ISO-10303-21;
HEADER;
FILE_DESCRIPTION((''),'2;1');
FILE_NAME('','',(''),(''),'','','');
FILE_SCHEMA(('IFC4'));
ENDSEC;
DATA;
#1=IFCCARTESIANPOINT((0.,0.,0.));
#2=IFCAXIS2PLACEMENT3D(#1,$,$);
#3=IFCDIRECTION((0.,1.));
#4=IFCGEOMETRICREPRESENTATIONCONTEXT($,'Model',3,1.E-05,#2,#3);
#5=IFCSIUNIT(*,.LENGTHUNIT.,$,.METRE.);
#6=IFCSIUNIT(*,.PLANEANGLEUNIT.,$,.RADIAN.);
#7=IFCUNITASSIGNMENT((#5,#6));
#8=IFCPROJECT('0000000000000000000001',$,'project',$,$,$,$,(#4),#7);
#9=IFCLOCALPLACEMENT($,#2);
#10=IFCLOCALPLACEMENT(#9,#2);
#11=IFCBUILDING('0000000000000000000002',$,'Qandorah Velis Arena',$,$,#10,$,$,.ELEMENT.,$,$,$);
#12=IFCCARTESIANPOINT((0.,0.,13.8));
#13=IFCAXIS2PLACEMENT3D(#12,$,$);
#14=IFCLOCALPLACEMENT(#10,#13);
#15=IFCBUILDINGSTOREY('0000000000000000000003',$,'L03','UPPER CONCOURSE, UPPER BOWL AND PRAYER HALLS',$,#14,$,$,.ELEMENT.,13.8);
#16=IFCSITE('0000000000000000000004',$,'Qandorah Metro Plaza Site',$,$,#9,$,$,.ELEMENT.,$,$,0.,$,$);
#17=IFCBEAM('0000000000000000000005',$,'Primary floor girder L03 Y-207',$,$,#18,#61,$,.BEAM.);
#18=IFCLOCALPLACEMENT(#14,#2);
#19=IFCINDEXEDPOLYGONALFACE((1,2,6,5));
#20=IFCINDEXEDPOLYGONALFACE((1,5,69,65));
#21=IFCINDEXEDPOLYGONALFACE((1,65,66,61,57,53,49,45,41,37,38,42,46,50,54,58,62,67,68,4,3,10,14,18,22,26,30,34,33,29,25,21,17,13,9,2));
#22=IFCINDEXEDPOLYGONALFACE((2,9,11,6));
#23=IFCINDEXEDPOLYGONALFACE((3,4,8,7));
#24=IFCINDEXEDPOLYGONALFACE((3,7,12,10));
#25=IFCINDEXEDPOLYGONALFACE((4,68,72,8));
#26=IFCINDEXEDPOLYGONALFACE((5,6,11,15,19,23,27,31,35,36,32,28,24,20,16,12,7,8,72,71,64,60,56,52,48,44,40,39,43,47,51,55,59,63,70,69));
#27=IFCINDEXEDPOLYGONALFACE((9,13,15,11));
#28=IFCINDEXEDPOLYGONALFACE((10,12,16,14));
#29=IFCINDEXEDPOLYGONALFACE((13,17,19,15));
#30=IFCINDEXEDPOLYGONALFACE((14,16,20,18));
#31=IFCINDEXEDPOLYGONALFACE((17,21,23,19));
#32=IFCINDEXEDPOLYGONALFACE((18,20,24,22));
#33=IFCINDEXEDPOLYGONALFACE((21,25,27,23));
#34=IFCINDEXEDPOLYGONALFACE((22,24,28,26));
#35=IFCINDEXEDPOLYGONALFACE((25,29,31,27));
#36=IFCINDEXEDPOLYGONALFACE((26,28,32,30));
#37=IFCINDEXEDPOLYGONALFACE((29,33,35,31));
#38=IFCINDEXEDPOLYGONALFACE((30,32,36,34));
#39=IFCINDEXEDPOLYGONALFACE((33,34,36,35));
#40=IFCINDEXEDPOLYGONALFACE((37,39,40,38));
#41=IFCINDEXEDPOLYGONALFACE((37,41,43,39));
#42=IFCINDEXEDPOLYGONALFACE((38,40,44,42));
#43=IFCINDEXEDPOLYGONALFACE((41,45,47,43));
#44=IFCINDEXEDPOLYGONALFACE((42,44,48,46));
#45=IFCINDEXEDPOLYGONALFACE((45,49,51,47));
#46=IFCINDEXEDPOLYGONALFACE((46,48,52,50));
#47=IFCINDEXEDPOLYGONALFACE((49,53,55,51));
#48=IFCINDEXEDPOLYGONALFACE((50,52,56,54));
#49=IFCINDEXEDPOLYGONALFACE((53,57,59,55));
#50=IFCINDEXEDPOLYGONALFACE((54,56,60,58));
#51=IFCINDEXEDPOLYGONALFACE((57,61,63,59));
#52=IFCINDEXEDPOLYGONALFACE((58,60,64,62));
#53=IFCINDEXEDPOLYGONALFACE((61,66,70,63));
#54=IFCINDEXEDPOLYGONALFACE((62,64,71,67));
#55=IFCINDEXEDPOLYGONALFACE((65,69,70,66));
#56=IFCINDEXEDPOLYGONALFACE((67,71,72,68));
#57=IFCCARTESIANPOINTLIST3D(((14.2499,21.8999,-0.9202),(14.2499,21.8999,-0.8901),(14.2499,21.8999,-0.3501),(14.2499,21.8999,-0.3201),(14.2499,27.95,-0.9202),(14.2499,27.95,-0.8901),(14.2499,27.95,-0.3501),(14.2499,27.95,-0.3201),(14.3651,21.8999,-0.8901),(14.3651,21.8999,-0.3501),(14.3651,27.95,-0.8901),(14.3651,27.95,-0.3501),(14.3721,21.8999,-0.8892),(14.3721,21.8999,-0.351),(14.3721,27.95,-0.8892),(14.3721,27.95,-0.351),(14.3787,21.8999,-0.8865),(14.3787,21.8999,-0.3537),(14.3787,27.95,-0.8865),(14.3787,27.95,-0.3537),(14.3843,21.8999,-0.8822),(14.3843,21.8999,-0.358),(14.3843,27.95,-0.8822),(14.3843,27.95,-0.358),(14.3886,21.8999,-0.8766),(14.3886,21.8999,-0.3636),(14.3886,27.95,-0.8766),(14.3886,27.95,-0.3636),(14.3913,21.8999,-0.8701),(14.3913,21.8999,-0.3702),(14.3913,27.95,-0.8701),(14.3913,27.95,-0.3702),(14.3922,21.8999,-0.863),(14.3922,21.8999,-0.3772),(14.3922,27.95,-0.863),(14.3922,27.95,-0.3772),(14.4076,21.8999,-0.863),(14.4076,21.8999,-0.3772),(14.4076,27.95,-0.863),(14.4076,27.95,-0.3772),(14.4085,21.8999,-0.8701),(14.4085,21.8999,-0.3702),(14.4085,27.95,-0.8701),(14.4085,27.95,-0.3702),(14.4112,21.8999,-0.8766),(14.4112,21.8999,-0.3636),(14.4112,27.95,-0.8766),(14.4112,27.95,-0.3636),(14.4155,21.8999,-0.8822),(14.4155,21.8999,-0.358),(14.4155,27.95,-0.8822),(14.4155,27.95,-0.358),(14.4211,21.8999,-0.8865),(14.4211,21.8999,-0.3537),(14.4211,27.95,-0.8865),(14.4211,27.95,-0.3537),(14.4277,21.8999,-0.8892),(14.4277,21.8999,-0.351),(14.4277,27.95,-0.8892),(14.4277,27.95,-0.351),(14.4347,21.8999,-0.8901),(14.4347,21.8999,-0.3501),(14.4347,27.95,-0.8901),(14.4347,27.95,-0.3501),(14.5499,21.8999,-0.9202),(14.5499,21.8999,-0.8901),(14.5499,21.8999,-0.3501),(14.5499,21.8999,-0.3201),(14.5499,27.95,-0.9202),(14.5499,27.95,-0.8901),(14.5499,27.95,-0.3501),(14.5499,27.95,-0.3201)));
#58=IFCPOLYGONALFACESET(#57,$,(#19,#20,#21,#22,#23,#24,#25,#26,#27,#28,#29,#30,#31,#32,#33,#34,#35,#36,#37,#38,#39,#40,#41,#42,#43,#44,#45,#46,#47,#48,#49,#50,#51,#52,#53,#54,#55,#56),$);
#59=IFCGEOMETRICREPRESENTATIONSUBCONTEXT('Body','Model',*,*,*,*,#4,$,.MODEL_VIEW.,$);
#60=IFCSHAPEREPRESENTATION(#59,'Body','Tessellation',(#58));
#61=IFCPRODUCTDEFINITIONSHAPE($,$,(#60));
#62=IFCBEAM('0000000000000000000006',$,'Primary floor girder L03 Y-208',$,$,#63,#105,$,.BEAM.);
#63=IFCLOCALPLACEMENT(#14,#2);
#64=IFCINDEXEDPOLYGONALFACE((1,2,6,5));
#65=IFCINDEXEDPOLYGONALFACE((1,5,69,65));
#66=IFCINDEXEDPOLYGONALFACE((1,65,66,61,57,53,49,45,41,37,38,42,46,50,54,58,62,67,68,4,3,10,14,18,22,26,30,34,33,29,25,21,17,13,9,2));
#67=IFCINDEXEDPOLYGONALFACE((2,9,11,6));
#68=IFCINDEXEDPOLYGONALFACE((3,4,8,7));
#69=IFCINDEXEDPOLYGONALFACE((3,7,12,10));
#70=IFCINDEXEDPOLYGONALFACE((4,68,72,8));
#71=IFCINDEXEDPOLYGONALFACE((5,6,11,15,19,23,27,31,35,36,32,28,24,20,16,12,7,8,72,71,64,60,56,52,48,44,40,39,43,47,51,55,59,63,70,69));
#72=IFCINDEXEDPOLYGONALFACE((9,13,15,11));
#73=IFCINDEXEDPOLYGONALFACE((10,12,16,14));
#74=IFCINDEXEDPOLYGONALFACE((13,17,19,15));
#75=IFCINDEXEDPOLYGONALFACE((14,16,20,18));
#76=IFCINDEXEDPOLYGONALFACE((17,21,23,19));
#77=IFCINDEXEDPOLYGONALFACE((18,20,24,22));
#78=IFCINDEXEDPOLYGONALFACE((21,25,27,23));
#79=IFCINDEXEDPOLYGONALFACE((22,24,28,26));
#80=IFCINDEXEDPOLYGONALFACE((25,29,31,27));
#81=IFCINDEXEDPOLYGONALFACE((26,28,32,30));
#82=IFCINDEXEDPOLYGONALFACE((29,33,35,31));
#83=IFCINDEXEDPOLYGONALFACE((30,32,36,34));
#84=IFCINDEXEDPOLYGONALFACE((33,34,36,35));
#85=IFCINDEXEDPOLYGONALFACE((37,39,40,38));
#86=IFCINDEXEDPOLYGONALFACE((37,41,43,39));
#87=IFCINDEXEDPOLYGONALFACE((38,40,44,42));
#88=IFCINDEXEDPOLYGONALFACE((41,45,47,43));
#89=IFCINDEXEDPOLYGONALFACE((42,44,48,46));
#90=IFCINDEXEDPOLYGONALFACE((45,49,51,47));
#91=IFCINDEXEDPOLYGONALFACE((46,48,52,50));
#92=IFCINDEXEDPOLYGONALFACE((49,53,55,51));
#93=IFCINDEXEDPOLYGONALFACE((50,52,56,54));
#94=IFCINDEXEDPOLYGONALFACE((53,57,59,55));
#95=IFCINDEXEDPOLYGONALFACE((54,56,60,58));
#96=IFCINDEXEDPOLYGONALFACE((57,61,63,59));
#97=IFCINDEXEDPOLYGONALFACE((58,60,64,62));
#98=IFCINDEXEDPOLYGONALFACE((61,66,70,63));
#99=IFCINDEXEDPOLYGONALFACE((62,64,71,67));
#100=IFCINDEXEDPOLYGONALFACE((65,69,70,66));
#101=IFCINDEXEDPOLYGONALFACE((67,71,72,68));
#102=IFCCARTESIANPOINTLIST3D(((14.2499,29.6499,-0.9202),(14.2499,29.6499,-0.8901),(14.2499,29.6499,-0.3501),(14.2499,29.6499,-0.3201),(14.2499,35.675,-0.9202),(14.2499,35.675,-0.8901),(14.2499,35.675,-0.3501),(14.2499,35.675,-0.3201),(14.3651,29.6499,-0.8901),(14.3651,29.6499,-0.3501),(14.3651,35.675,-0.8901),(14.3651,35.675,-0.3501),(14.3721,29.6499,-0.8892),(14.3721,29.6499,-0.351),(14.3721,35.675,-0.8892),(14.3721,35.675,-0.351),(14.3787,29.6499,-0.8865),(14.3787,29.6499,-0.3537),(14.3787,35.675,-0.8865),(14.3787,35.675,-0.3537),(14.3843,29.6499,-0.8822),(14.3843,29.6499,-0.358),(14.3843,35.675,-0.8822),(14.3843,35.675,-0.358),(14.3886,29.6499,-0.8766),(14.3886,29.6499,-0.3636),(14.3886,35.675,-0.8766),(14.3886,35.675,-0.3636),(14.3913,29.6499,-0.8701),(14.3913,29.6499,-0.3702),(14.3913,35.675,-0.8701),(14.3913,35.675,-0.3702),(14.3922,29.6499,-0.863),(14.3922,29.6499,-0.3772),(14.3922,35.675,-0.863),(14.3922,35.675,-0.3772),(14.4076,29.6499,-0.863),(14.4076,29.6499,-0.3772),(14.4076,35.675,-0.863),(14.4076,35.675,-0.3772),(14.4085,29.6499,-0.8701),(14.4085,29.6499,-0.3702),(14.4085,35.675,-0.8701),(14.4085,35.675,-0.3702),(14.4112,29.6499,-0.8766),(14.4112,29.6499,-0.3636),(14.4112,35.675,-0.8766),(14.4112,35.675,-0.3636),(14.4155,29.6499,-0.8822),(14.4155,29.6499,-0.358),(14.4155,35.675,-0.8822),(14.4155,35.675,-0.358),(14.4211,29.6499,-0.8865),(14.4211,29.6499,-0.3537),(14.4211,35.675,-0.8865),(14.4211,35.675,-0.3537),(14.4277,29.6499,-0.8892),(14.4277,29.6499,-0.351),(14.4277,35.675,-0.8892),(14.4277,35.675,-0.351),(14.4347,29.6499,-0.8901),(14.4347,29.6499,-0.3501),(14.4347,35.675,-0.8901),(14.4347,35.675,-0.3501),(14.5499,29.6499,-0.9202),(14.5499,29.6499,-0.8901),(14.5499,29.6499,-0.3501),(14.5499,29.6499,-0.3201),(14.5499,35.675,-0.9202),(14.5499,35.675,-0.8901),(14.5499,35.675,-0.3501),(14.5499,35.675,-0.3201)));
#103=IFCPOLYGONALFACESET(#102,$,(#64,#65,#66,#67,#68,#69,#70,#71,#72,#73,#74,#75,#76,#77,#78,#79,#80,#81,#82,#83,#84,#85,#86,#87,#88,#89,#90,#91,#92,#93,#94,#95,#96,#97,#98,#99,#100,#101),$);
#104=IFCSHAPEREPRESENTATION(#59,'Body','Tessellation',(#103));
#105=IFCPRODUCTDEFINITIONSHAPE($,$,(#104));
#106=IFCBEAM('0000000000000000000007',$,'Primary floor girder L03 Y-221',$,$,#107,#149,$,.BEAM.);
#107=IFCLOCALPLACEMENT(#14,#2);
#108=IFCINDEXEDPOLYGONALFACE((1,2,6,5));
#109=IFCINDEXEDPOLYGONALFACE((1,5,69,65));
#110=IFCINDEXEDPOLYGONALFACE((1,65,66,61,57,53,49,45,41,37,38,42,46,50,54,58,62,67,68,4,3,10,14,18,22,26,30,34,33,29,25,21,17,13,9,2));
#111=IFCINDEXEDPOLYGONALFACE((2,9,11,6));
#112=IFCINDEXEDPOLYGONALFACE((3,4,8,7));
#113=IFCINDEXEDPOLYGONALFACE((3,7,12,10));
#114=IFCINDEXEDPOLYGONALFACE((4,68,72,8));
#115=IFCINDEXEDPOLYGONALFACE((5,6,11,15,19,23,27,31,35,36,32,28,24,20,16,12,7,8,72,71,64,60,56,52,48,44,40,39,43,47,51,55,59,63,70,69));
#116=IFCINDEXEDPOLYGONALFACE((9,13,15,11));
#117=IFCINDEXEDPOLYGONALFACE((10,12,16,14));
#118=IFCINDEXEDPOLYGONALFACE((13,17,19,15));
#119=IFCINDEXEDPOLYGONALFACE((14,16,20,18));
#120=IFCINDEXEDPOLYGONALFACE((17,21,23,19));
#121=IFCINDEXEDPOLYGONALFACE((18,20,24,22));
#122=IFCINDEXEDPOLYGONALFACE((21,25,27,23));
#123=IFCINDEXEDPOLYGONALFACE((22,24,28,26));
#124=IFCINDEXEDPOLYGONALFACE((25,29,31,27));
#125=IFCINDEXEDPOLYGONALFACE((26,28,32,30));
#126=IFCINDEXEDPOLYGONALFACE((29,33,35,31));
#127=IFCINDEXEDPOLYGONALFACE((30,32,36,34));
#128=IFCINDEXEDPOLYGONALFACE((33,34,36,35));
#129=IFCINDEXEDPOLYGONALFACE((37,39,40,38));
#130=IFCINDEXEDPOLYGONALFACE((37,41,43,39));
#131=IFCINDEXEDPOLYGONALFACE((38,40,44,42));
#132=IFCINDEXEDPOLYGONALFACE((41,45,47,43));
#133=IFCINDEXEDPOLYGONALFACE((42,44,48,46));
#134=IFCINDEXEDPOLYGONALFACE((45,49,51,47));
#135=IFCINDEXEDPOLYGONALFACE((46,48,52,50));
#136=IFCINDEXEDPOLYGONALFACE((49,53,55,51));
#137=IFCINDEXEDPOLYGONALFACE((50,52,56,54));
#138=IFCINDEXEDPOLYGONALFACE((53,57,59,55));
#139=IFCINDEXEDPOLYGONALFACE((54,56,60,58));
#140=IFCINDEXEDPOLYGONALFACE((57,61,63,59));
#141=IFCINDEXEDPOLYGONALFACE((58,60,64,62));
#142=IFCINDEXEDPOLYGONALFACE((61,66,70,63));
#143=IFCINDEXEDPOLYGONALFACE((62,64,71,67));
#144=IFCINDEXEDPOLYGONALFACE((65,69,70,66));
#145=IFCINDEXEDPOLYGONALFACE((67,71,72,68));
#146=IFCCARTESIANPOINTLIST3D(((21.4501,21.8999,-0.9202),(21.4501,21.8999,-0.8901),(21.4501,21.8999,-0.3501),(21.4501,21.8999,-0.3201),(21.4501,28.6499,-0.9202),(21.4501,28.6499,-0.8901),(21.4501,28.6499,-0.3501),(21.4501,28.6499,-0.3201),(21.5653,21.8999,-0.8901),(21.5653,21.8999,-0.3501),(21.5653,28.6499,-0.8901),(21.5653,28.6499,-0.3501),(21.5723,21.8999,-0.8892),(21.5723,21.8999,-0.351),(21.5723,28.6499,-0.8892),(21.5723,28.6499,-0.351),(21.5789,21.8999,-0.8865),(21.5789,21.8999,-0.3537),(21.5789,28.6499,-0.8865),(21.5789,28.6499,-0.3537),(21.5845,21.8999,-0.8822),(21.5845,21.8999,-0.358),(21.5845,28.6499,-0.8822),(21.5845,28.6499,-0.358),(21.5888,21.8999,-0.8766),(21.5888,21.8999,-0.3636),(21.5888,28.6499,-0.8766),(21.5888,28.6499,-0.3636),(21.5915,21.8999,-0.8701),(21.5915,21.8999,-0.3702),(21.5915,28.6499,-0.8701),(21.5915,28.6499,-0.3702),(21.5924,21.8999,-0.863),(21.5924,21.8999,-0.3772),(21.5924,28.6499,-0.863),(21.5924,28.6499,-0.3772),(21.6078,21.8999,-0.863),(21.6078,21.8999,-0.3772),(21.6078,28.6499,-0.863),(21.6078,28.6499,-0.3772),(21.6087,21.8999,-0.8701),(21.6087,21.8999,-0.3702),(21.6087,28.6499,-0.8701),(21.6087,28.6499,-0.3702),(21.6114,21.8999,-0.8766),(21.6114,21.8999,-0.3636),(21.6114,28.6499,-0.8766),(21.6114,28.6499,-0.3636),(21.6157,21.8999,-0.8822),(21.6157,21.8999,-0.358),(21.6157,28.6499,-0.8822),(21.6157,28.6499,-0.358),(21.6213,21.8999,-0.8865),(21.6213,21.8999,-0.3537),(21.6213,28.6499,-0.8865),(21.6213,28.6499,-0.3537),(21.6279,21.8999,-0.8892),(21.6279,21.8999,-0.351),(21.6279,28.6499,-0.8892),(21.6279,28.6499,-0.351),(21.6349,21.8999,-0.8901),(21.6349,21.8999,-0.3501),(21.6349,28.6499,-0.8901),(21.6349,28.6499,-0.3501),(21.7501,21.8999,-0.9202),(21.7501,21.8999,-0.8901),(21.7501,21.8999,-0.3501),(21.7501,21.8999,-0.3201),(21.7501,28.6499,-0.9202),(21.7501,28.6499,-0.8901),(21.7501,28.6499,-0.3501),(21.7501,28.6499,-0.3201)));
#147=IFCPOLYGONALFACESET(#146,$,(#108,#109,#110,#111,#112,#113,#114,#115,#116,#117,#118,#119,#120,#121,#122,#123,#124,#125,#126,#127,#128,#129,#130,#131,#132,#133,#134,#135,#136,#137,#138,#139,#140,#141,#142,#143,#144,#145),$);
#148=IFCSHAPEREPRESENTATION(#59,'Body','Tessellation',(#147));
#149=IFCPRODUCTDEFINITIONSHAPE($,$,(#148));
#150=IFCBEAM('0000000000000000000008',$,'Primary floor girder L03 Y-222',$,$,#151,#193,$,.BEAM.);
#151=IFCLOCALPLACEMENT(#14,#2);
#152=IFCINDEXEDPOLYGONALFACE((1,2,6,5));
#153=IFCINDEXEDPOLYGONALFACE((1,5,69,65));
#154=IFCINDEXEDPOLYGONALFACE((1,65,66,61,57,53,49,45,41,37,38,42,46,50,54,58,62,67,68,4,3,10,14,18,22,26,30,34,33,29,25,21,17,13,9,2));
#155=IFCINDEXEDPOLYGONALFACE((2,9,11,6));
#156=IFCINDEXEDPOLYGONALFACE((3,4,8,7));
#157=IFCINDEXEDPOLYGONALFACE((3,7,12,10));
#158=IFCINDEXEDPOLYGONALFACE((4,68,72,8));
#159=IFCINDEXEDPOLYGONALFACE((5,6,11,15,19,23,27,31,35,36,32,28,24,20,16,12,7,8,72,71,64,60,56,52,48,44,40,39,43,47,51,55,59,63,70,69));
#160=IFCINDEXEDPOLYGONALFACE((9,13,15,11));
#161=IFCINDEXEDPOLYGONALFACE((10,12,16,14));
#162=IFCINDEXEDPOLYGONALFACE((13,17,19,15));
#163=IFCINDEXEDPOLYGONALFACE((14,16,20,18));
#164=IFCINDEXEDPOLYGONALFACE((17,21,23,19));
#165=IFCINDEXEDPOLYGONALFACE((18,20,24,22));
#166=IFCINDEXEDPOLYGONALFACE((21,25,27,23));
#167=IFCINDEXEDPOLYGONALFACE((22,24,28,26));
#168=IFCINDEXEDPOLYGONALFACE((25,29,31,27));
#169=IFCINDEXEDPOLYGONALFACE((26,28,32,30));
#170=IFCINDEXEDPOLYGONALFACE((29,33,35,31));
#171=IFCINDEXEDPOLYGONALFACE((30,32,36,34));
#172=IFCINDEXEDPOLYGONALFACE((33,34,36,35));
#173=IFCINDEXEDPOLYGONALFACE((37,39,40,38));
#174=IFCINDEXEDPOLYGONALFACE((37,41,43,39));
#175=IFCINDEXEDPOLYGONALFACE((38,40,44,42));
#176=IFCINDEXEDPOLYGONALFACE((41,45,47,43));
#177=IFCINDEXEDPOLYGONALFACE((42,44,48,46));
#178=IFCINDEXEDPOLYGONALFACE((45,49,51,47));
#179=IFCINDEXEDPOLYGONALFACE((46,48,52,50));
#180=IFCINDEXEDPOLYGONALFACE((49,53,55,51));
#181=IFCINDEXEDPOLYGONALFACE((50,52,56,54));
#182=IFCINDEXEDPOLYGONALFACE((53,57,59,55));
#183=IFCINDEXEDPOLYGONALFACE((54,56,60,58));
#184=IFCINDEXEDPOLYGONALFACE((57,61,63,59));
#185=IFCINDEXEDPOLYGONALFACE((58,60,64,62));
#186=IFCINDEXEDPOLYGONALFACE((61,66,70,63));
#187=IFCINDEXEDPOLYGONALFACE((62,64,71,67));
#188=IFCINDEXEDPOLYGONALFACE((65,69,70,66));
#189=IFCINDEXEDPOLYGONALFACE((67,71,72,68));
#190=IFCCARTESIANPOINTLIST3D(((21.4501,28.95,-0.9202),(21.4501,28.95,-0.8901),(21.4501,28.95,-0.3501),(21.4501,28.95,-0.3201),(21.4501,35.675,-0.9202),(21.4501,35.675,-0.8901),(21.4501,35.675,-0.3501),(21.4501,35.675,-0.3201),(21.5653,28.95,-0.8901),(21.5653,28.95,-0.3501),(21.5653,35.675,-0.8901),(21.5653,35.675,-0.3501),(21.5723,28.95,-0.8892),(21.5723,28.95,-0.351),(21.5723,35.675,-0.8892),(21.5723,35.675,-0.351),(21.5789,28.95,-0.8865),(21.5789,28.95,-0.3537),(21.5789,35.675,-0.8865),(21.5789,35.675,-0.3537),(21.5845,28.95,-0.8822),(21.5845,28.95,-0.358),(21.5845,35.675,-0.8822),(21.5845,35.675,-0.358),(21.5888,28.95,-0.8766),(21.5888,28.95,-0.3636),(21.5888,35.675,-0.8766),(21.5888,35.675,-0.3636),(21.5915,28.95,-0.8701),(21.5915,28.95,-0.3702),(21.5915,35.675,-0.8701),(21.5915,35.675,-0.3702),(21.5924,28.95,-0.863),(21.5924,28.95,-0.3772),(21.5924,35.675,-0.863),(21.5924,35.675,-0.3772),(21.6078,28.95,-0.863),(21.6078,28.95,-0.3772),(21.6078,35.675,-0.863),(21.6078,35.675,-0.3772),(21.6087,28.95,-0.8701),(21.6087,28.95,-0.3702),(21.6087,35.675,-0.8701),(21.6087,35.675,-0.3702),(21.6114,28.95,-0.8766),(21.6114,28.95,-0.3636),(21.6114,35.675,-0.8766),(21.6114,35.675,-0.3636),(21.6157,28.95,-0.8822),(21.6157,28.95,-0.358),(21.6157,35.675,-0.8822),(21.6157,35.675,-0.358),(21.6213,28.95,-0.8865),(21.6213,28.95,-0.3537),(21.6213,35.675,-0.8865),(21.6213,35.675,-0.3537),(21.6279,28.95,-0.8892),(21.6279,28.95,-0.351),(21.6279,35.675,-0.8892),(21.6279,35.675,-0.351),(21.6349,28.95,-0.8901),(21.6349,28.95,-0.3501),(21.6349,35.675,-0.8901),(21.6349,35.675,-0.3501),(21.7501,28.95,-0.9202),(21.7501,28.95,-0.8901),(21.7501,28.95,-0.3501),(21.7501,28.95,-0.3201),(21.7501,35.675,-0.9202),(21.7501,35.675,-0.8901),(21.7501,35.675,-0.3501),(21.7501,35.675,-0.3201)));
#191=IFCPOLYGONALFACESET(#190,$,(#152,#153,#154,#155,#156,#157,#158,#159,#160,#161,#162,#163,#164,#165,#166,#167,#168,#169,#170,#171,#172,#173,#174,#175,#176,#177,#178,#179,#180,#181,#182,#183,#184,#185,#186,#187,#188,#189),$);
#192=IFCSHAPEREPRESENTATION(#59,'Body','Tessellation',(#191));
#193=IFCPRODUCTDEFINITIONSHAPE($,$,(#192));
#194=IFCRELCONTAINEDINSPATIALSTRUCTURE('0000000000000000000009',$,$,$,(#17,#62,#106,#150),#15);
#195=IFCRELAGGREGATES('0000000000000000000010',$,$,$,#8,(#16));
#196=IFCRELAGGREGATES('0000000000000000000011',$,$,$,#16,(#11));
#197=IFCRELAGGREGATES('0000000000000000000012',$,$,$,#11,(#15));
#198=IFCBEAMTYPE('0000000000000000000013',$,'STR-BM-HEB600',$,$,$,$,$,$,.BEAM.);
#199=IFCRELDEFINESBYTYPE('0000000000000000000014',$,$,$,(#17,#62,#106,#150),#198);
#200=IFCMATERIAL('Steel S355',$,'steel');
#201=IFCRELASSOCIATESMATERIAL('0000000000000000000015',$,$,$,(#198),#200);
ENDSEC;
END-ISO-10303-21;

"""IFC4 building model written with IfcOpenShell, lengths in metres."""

from ifc_helpers import new_model, si_unit, direction, frame, origin, origin_2d, place, context, subcontext, project, spatial, i_section, extrude, material, material_profile, profile_set, type_object, element, save


model = new_model("IFC4")

# Units and contexts
model_context = context("Model", 3, precision=1e-05, world=origin(), true_north=direction((0.0, 1.0)))
body_context = subcontext(model_context, "Body", "Model", "MODEL_VIEW")
ifc_project = project(units=[si_unit("LENGTHUNIT", "METRE"), si_unit("PLANEANGLEUNIT", "RADIAN")], contexts=[model_context])

# Site, building, storey
site_placement = place(None, origin())
site = spatial("IfcSite", under=ifc_project, at=site_placement, Name="Qandorah Metro Plaza Site", CompositionType="ELEMENT", RefElevation=0.0)
building_placement = place(site_placement, origin())
building = spatial("IfcBuilding", under=site, at=building_placement, Name="Qandorah Velis Arena", CompositionType="ELEMENT")
storey_placement = place(building_placement, frame((0.0, 0.0, 13.8)))
storey = spatial("IfcBuildingStorey", under=building, at=storey_placement, Name="L03", Description="UPPER CONCOURSE, UPPER BOWL AND PRAYER HALLS", CompositionType="ELEMENT", Elevation=13.8)

# Beams
ifc_material_1 = material(Name="Steel S355", Category="steel")
ifc_material_profile_1 = material_profile(ifc_material_1, i_section(OverallWidth=0.3, OverallDepth=0.6001, WebThickness=0.0154, FlangeThickness=0.03, FilletRadius=0.0271, at=origin_2d()), Name="HEB 600")
ifc_profile_set_1 = profile_set([ifc_material_profile_1], Name="Steel S355")
beam_type_1 = type_object("IfcBeamType", Name="STR-BM-HEB600", PredefinedType="BEAM", material=ifc_profile_set_1)
beam_1_placement = place(storey_placement, frame((14.3999, 21.8999, -0.6201), z_axis=(0.0, 1.0, 0.0), x_axis=(-1.0, 0.0, 0.0)))
element("IfcBeam", 1, at=beam_1_placement, inside=storey, type_object=beam_type_1, Name="Primary floor girder L03 Y-207", PredefinedType="BEAM", context=body_context, shape_type="SweptSolid", body=[
    extrude(i_section(OverallWidth=0.3, OverallDepth=0.6001, WebThickness=0.0154, FlangeThickness=0.03, FilletRadius=0.0271, at=origin_2d()), origin(), (0.0, 0.0, 1.0), 6.05),
])
beam_2_placement = place(storey_placement, frame((14.3999, 29.6499, -0.6201), z_axis=(0.0, 1.0, 0.0), x_axis=(-1.0, 0.0, 0.0)))
element("IfcBeam", 2, at=beam_2_placement, inside=storey, type_object=beam_type_1, Name="Primary floor girder L03 Y-208", PredefinedType="BEAM", context=body_context, shape_type="SweptSolid", body=[
    extrude(i_section(OverallWidth=0.3, OverallDepth=0.6001, WebThickness=0.0154, FlangeThickness=0.03, FilletRadius=0.0271, at=origin_2d()), origin(), (0.0, 0.0, 1.0), 6.0251),
])
beam_3_placement = place(storey_placement, frame((21.6001, 21.8999, -0.6201), z_axis=(0.0, 1.0, 0.0), x_axis=(-1.0, 0.0, 0.0)))
element("IfcBeam", 3, at=beam_3_placement, inside=storey, type_object=beam_type_1, Name="Primary floor girder L03 Y-221", PredefinedType="BEAM", context=body_context, shape_type="SweptSolid", body=[
    extrude(i_section(OverallWidth=0.3, OverallDepth=0.6001, WebThickness=0.0154, FlangeThickness=0.03, FilletRadius=0.0271, at=origin_2d()), origin(), (0.0, 0.0, 1.0), 6.75),
])
beam_4_placement = place(storey_placement, frame((21.6001, 28.95, -0.6201), z_axis=(0.0, 1.0, 0.0), x_axis=(-1.0, 0.0, 0.0)))
element("IfcBeam", 4, at=beam_4_placement, inside=storey, type_object=beam_type_1, Name="Primary floor girder L03 Y-222", PredefinedType="BEAM", context=body_context, shape_type="SweptSolid", body=[
    extrude(i_section(OverallWidth=0.3, OverallDepth=0.6001, WebThickness=0.0154, FlangeThickness=0.03, FilletRadius=0.0271, at=origin_2d()), origin(), (0.0, 0.0, 1.0), 6.7251),
])

save(model, "model.ifc")
